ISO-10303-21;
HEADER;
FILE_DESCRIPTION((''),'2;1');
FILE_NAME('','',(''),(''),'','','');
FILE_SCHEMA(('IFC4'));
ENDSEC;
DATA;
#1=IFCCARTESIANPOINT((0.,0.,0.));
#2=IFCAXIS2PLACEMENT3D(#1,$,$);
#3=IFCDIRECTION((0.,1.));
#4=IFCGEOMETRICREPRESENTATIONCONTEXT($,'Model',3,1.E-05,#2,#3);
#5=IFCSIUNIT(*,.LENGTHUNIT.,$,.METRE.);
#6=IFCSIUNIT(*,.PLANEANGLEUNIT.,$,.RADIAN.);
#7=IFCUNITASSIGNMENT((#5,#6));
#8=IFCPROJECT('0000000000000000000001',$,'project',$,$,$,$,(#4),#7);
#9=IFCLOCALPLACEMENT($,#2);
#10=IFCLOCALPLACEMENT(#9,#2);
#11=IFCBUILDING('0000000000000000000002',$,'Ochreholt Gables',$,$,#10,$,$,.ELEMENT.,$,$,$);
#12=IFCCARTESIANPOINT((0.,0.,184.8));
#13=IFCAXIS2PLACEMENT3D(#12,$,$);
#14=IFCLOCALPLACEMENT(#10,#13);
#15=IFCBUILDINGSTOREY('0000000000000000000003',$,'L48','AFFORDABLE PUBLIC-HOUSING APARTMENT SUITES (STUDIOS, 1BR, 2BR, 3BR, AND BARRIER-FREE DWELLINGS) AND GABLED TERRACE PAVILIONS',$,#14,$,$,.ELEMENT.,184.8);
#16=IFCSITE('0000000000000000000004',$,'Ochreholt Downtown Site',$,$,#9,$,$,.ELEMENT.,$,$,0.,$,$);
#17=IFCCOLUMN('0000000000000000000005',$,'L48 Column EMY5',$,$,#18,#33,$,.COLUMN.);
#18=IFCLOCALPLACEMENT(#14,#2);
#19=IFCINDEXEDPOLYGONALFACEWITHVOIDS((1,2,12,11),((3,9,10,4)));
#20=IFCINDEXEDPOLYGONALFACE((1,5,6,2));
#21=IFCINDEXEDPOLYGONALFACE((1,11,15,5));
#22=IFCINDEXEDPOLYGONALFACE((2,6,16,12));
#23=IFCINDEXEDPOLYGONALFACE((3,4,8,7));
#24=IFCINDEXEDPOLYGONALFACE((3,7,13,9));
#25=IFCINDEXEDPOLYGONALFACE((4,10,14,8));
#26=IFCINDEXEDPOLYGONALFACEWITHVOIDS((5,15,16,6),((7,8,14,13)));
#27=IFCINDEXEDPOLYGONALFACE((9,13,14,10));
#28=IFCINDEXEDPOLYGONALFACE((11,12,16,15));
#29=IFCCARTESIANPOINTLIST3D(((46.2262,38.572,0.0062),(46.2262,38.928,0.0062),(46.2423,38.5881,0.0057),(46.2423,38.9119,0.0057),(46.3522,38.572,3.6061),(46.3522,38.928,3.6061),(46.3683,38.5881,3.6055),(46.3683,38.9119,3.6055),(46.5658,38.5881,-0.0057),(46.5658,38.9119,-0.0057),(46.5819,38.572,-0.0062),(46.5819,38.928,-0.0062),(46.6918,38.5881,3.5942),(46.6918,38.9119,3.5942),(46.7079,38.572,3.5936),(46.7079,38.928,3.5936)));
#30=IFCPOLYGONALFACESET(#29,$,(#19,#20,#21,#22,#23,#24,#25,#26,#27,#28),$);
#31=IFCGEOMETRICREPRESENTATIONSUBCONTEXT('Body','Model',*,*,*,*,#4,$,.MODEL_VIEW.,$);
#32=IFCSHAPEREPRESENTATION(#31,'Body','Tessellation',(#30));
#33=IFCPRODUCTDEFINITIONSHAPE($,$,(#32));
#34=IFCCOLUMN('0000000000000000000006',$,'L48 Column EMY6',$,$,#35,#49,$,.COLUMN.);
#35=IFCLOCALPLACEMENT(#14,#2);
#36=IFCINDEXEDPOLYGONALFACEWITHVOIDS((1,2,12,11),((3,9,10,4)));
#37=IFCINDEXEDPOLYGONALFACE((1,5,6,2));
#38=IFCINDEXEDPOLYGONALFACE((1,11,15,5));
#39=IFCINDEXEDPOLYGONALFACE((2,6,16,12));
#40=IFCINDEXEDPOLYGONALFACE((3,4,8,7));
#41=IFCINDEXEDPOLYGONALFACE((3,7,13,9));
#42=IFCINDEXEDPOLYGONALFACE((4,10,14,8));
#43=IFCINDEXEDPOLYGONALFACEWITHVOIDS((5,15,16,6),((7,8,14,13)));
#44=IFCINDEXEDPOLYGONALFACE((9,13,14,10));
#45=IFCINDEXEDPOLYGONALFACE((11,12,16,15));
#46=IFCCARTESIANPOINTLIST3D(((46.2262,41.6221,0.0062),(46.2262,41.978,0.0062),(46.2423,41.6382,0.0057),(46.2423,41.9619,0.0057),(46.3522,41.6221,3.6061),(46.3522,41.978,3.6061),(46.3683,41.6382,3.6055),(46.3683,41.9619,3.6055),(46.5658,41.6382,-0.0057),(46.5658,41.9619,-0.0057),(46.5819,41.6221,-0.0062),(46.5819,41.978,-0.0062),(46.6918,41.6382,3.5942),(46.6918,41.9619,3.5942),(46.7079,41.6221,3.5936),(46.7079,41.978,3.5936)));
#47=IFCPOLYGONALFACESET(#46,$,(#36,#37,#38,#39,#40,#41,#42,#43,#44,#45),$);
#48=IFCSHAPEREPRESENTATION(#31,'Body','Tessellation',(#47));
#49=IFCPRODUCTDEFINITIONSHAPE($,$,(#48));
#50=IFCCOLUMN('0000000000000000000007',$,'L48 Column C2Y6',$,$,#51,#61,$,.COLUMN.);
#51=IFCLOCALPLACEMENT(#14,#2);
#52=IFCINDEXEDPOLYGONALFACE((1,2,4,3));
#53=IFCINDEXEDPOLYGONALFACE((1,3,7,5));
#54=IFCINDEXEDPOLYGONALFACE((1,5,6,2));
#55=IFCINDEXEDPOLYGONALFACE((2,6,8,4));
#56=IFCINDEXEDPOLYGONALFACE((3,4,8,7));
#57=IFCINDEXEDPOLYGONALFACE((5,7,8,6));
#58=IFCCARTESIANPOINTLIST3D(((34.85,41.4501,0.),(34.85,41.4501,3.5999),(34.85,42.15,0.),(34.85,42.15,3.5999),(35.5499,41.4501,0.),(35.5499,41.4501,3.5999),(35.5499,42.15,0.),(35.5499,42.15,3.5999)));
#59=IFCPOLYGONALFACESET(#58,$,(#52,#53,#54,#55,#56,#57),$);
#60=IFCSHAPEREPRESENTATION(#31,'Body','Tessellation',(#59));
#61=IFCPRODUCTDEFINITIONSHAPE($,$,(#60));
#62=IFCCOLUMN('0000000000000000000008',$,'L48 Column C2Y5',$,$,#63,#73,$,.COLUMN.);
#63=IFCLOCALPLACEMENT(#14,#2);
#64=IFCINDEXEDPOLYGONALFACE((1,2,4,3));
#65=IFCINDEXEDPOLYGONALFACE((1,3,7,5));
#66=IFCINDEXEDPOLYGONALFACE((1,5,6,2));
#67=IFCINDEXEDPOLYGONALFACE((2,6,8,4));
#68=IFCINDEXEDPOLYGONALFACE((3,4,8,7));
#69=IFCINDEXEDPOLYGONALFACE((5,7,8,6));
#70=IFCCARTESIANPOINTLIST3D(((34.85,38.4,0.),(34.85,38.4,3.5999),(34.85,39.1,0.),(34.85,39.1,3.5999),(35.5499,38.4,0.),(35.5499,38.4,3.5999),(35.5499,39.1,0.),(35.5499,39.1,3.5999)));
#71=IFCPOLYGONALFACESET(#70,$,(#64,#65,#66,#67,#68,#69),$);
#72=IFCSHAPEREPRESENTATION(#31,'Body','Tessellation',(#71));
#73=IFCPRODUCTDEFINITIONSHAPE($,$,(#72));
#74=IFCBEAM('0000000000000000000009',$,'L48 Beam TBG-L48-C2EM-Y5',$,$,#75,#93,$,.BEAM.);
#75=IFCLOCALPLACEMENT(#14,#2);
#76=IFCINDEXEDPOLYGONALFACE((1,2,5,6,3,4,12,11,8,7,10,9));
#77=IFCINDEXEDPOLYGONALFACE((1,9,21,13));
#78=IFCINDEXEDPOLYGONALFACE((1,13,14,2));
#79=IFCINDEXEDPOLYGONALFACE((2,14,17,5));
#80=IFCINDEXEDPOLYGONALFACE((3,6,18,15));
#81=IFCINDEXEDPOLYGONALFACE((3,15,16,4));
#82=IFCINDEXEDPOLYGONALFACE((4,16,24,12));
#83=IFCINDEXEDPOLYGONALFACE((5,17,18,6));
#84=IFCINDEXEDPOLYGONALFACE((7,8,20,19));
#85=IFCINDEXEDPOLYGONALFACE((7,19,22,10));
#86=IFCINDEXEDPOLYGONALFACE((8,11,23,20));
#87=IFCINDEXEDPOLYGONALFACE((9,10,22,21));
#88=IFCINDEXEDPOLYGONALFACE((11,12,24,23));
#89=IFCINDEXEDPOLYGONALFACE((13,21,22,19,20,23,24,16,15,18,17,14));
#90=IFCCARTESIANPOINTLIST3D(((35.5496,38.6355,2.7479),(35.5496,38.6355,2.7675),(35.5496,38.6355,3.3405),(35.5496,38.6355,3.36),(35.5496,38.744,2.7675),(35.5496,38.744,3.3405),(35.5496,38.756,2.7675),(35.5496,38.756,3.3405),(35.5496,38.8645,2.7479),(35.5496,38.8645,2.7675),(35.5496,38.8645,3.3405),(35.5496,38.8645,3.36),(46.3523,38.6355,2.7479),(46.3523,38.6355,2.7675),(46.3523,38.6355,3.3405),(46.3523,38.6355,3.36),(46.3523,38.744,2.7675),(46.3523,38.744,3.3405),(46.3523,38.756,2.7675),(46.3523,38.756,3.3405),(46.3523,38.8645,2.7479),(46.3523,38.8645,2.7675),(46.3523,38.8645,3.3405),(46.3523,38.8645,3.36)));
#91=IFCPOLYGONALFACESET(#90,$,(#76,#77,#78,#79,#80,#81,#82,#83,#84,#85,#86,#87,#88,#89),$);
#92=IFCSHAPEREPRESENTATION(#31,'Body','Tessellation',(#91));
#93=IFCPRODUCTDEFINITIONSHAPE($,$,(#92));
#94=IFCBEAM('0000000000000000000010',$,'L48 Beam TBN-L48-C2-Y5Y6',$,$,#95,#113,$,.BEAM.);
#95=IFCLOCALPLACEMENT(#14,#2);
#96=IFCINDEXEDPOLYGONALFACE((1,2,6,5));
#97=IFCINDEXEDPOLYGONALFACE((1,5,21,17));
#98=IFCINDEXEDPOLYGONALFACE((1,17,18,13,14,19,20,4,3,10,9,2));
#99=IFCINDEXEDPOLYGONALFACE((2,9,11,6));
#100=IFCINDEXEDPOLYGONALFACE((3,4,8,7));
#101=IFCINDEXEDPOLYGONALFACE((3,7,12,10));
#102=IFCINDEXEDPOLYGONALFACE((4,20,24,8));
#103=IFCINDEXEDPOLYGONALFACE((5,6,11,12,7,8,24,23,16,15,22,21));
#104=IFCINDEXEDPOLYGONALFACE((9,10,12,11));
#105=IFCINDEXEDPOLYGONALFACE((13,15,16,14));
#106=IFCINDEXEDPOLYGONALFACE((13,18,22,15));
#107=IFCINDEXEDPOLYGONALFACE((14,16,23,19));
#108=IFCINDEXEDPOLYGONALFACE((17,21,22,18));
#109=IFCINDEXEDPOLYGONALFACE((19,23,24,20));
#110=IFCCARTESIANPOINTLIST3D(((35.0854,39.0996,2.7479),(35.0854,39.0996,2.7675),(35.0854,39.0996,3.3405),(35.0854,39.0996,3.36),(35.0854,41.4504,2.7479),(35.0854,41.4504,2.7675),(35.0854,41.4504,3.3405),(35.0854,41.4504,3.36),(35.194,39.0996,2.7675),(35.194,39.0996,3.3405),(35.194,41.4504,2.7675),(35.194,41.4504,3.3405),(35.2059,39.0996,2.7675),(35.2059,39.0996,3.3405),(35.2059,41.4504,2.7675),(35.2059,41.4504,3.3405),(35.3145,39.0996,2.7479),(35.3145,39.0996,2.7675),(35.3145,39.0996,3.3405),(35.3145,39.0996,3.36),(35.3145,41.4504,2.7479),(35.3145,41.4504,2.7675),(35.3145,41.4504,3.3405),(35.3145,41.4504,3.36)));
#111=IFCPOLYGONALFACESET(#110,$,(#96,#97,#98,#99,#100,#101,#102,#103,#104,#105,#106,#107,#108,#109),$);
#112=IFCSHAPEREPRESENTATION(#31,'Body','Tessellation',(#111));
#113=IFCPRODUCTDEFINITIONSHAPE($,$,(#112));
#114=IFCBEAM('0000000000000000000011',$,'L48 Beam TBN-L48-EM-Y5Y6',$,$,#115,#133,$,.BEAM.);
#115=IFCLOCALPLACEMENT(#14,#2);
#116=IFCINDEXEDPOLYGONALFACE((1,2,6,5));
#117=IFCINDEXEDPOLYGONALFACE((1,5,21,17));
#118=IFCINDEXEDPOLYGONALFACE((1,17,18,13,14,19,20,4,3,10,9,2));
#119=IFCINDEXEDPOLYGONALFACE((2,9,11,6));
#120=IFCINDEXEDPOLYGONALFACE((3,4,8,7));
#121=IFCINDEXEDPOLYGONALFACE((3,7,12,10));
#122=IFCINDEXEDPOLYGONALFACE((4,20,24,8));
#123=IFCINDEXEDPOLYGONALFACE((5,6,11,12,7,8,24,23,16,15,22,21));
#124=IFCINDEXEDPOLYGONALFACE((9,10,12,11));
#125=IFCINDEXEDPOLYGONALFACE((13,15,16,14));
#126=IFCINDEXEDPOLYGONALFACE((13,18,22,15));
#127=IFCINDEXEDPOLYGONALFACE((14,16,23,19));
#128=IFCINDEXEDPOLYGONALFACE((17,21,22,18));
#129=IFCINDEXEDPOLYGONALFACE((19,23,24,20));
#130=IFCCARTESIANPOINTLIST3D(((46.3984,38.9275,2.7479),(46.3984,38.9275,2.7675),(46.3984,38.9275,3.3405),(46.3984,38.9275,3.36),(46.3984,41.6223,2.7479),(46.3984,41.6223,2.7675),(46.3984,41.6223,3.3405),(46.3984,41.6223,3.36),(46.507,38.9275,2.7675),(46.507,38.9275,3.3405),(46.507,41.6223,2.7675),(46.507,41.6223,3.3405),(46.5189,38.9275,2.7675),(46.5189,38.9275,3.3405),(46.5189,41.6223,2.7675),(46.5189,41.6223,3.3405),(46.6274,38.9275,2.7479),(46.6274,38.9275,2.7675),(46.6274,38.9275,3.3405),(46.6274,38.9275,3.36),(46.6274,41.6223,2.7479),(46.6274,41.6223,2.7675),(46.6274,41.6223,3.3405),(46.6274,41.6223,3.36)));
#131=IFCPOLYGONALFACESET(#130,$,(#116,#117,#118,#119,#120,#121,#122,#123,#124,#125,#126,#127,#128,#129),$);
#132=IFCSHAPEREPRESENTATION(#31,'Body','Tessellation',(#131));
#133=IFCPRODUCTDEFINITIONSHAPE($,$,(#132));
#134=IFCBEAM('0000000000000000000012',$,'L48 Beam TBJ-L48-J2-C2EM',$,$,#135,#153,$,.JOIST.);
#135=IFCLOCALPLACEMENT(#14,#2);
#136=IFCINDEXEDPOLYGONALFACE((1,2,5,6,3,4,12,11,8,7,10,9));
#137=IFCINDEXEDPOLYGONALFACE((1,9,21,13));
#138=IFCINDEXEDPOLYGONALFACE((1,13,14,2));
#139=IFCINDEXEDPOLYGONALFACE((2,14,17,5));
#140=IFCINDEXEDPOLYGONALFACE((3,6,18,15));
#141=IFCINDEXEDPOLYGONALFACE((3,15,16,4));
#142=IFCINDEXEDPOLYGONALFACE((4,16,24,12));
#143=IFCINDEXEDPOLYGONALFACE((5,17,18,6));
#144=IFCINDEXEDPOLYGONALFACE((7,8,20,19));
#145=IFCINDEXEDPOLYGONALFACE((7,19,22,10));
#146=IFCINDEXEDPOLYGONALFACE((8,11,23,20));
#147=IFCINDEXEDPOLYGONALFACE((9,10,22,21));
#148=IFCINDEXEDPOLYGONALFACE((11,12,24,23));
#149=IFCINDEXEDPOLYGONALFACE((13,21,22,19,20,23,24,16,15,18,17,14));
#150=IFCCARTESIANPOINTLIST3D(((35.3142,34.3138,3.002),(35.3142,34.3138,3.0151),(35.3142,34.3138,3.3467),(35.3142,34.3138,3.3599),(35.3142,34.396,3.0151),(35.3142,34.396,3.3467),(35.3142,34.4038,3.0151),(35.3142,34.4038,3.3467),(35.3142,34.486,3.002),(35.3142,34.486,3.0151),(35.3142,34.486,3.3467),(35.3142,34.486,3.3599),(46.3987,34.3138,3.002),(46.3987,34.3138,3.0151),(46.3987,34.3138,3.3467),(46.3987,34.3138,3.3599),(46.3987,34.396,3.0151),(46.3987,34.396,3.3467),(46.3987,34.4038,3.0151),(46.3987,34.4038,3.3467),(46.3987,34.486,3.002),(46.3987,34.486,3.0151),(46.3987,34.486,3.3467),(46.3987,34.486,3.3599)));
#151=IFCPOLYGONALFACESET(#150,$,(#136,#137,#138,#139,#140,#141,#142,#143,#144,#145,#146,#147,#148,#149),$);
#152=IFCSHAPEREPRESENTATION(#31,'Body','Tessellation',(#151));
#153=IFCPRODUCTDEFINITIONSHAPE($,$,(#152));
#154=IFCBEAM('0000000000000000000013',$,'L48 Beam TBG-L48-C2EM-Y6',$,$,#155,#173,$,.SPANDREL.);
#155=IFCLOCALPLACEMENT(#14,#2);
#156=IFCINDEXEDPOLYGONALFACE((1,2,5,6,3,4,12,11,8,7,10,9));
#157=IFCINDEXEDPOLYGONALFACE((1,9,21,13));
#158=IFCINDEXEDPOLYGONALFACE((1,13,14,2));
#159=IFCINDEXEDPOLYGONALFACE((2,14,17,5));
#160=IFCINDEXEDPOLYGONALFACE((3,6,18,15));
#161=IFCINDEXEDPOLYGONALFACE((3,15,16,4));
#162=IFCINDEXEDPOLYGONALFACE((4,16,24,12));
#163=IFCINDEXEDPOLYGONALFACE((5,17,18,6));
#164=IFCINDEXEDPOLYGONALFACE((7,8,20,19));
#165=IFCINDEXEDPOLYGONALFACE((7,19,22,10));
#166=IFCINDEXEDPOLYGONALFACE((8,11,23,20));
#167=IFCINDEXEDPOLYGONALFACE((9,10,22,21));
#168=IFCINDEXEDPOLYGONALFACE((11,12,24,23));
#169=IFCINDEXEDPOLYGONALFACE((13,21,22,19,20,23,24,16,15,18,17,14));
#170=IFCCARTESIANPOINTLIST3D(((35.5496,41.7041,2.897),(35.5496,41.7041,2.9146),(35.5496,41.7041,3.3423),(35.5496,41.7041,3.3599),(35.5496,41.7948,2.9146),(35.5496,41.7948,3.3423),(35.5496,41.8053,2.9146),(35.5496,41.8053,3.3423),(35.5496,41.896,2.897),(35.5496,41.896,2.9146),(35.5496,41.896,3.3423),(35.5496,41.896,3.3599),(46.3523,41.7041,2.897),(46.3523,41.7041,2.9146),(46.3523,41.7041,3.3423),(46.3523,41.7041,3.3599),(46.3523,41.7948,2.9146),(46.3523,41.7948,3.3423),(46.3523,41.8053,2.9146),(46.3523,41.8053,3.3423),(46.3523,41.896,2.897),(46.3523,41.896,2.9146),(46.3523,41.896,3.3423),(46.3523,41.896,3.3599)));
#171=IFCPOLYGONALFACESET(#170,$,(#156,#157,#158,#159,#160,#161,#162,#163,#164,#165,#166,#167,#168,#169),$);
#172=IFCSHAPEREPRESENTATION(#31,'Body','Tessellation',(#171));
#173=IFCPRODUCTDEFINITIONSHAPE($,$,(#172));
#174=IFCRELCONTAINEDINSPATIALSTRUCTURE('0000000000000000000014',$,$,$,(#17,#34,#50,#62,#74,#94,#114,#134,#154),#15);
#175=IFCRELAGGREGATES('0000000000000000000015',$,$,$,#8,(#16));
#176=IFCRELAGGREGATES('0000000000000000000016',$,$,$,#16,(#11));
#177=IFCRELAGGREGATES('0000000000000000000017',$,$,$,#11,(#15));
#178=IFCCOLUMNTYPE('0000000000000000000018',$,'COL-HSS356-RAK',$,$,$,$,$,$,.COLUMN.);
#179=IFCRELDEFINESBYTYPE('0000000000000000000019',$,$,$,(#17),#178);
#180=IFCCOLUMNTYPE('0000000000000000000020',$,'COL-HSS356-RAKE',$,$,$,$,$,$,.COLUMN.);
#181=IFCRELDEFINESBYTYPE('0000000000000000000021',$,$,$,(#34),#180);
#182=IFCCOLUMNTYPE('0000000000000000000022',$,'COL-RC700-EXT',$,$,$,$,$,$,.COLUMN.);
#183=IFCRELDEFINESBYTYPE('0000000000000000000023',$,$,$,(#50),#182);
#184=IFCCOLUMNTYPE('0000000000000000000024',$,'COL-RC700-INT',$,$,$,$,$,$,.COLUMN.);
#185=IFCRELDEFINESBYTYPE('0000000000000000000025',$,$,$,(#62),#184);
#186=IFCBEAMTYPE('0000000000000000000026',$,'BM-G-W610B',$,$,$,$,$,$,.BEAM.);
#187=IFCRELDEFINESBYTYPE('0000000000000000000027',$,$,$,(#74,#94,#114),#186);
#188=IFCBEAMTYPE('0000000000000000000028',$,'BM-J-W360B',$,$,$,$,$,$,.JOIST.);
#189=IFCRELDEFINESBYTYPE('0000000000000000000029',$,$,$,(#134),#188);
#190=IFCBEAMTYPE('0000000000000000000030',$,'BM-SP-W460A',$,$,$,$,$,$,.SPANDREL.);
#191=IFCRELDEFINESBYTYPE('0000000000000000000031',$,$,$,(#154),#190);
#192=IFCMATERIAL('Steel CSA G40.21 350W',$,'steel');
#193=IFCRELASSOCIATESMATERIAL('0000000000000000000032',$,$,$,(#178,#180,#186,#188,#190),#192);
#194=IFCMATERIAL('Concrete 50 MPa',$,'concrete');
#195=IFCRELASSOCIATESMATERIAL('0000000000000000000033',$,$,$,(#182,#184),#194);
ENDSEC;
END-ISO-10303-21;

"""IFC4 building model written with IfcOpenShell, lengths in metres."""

from ifc_helpers import new_model, si_unit, direction, frame, origin, origin_2d, place, context, subcontext, project, spatial, rectangle, hollow_rectangle, i_section, extrude, material, material_profile, profile_set, type_object, element, save


model = new_model("IFC4")

# Units and contexts
model_context = context("Model", 3, precision=1e-05, world=origin(), true_north=direction((0.0, 1.0)))
body_context = subcontext(model_context, "Body", "Model", "MODEL_VIEW")
ifc_project = project(units=[si_unit("LENGTHUNIT", "METRE"), si_unit("PLANEANGLEUNIT", "RADIAN")], contexts=[model_context])

# Site, building, storey
site_placement = place(None, origin())
site = spatial("IfcSite", under=ifc_project, at=site_placement, Name="Ochreholt Downtown Site", CompositionType="ELEMENT", RefElevation=0.0)
building_placement = place(site_placement, origin())
building = spatial("IfcBuilding", under=site, at=building_placement, Name="Ochreholt Gables", CompositionType="ELEMENT")
storey_placement = place(building_placement, frame((0.0, 0.0, 184.8)))
storey = spatial("IfcBuildingStorey", under=building, at=storey_placement, Name="L48", Description="AFFORDABLE PUBLIC-HOUSING APARTMENT SUITES (STUDIOS, 1BR, 2BR, 3BR, AND BARRIER-FREE DWELLINGS) AND GABLED TERRACE PAVILIONS", CompositionType="ELEMENT", Elevation=184.8)

# Columns
ifc_material_1 = material(Name="Steel CSA G40.21 350W", Category="steel")
ifc_material_profile_1 = material_profile(ifc_material_1, hollow_rectangle(XDim=0.356, YDim=0.356, WallThickness=0.0161, at=origin_2d()), Name="HSS356X356X16")
ifc_profile_set_1 = profile_set([ifc_material_profile_1], Name="Steel CSA G40.21 350W")
column_type_1 = type_object("IfcColumnType", Name="COL-HSS356-RAK", PredefinedType="COLUMN", material=ifc_profile_set_1)
column_1_placement = place(storey_placement, frame((46.4041, 38.75, 0.0), z_axis=(0.034974, 0.0, 0.999388), x_axis=(0.0, 1.0, 0.0)))
element("IfcColumn", 1, at=column_1_placement, inside=storey, type_object=column_type_1, Name="L48 Column EMY5", PredefinedType="COLUMN", context=body_context, shape_type="SweptSolid", body=[
    extrude(hollow_rectangle(XDim=0.356, YDim=0.356, WallThickness=0.0161, at=origin_2d()), origin(), (0.0, 0.0, 1.0), 3.6021),
])
ifc_material_profile_2 = material_profile(ifc_material_1, hollow_rectangle(XDim=0.356, YDim=0.356, WallThickness=0.0161, at=origin_2d()), Name="HSS356X356X16")
ifc_profile_set_2 = profile_set([ifc_material_profile_2], Name="Steel CSA G40.21 350W")
column_type_2 = type_object("IfcColumnType", Name="COL-HSS356-RAKE", PredefinedType="COLUMN", material=ifc_profile_set_2)
column_2_placement = place(storey_placement, frame((46.4041, 41.8, 0.0), z_axis=(0.034974, 0.0, 0.999388), x_axis=(0.0, 1.0, 0.0)))
element("IfcColumn", 2, at=column_2_placement, inside=storey, type_object=column_type_2, Name="L48 Column EMY6", PredefinedType="COLUMN", context=body_context, shape_type="SweptSolid", body=[
    extrude(hollow_rectangle(XDim=0.356, YDim=0.356, WallThickness=0.0161, at=origin_2d()), origin(), (0.0, 0.0, 1.0), 3.6021),
])
ifc_material_2 = material(Name="Concrete 50 MPa", Category="concrete")
ifc_material_profile_3 = material_profile(ifc_material_2, rectangle(XDim=0.7, YDim=0.7, at=origin_2d()), Name="RC700X700")
ifc_profile_set_3 = profile_set([ifc_material_profile_3], Name="Concrete 50 MPa")
column_type_3 = type_object("IfcColumnType", Name="COL-RC700-EXT", PredefinedType="COLUMN", material=ifc_profile_set_3)
column_3_placement = place(storey_placement, frame((35.2, 41.8, 0.0), z_axis=(0.0, 0.0, 1.0), x_axis=(1.0, 0.0, 0.0)))
element("IfcColumn", 3, at=column_3_placement, inside=storey, type_object=column_type_3, Name="L48 Column C2Y6", PredefinedType="COLUMN", context=body_context, shape_type="SweptSolid", body=[
    extrude(rectangle(XDim=0.7, YDim=0.7, at=origin_2d()), origin(), (0.0, 0.0, 1.0), 3.5999),
])
ifc_material_profile_4 = material_profile(ifc_material_2, rectangle(XDim=0.7, YDim=0.7, at=origin_2d()), Name="RC700X700")
ifc_profile_set_4 = profile_set([ifc_material_profile_4], Name="Concrete 50 MPa")
column_type_4 = type_object("IfcColumnType", Name="COL-RC700-INT", PredefinedType="COLUMN", material=ifc_profile_set_4)
column_4_placement = place(storey_placement, frame((35.2, 38.75, 0.0), z_axis=(0.0, 0.0, 1.0), x_axis=(1.0, 0.0, 0.0)))
element("IfcColumn", 4, at=column_4_placement, inside=storey, type_object=column_type_4, Name="L48 Column C2Y5", PredefinedType="COLUMN", context=body_context, shape_type="SweptSolid", body=[
    extrude(rectangle(XDim=0.7, YDim=0.7, at=origin_2d()), origin(), (0.0, 0.0, 1.0), 3.5999),
])

# Beams
ifc_material_profile_5 = material_profile(ifc_material_1, i_section(OverallWidth=0.229, OverallDepth=0.6121, WebThickness=0.012, FlangeThickness=0.0195, at=origin_2d()), Name="W610X125")
ifc_profile_set_5 = profile_set([ifc_material_profile_5], Name="Steel CSA G40.21 350W")
beam_type_1 = type_object("IfcBeamType", Name="BM-G-W610B", PredefinedType="BEAM", material=ifc_profile_set_5)
beam_1_placement = place(storey_placement, frame((35.5496, 38.75, 3.054), z_axis=(1.0, 0.0, 0.0), x_axis=(0.0, 1.0, 0.0)))
element("IfcBeam", 5, at=beam_1_placement, inside=storey, type_object=beam_type_1, Name="L48 Beam TBG-L48-C2EM-Y5", PredefinedType="BEAM", context=body_context, shape_type="SweptSolid", body=[
    extrude(i_section(OverallWidth=0.229, OverallDepth=0.6121, WebThickness=0.012, FlangeThickness=0.0195, at=origin_2d()), origin(), (0.0, 0.0, 1.0), 10.8027),
])
beam_2_placement = place(storey_placement, frame((35.2, 39.0996, 3.054), z_axis=(0.0, 1.0, 0.0), x_axis=(-1.0, 0.0, 0.0)))
element("IfcBeam", 6, at=beam_2_placement, inside=storey, type_object=beam_type_1, Name="L48 Beam TBN-L48-C2-Y5Y6", PredefinedType="BEAM", context=body_context, shape_type="SweptSolid", body=[
    extrude(i_section(OverallWidth=0.229, OverallDepth=0.6121, WebThickness=0.012, FlangeThickness=0.0195, at=origin_2d()), origin(), (0.0, 0.0, 1.0), 2.3508),
])
beam_3_placement = place(storey_placement, frame((46.5129, 38.9275, 3.054), z_axis=(0.0, 1.0, 0.0), x_axis=(-1.0, 0.0, 0.0)))
element("IfcBeam", 7, at=beam_3_placement, inside=storey, type_object=beam_type_1, Name="L48 Beam TBN-L48-EM-Y5Y6", PredefinedType="BEAM", context=body_context, shape_type="SweptSolid", body=[
    extrude(i_section(OverallWidth=0.229, OverallDepth=0.6121, WebThickness=0.012, FlangeThickness=0.0195, at=origin_2d()), origin(), (0.0, 0.0, 1.0), 2.6948),
])
ifc_material_profile_6 = material_profile(ifc_material_1, i_section(OverallWidth=0.1721, OverallDepth=0.3579, WebThickness=0.0078, FlangeThickness=0.0132, at=origin_2d()), Name="W360X57")
ifc_profile_set_6 = profile_set([ifc_material_profile_6], Name="Steel CSA G40.21 350W")
beam_type_2 = type_object("IfcBeamType", Name="BM-J-W360B", PredefinedType="JOIST", material=ifc_profile_set_6)
beam_4_placement = place(storey_placement, frame((35.3142, 34.3999, 3.1809), z_axis=(1.0, 0.0, 0.0), x_axis=(0.0, 1.0, 0.0)))
element("IfcBeam", 8, at=beam_4_placement, inside=storey, type_object=beam_type_2, Name="L48 Beam TBJ-L48-J2-C2EM", PredefinedType="JOIST", context=body_context, shape_type="SweptSolid", body=[
    extrude(i_section(OverallWidth=0.1721, OverallDepth=0.3579, WebThickness=0.0078, FlangeThickness=0.0132, at=origin_2d()), origin(), (0.0, 0.0, 1.0), 11.0845),
])
ifc_material_profile_7 = material_profile(ifc_material_1, i_section(OverallWidth=0.1919, OverallDepth=0.4629, WebThickness=0.0105, FlangeThickness=0.0176, at=origin_2d()), Name="W460X89")
ifc_profile_set_7 = profile_set([ifc_material_profile_7], Name="Steel CSA G40.21 350W")
beam_type_3 = type_object("IfcBeamType", Name="BM-SP-W460A", PredefinedType="SPANDREL", material=ifc_profile_set_7)
beam_5_placement = place(storey_placement, frame((35.5496, 41.8, 3.1284), z_axis=(1.0, 0.0, 0.0), x_axis=(0.0, 1.0, 0.0)))
element("IfcBeam", 9, at=beam_5_placement, inside=storey, type_object=beam_type_3, Name="L48 Beam TBG-L48-C2EM-Y6", PredefinedType="SPANDREL", context=body_context, shape_type="SweptSolid", body=[
    extrude(i_section(OverallWidth=0.1919, OverallDepth=0.4629, WebThickness=0.0105, FlangeThickness=0.0176, at=origin_2d()), origin(), (0.0, 0.0, 1.0), 10.8027),
])

save(model, "model.ifc")
